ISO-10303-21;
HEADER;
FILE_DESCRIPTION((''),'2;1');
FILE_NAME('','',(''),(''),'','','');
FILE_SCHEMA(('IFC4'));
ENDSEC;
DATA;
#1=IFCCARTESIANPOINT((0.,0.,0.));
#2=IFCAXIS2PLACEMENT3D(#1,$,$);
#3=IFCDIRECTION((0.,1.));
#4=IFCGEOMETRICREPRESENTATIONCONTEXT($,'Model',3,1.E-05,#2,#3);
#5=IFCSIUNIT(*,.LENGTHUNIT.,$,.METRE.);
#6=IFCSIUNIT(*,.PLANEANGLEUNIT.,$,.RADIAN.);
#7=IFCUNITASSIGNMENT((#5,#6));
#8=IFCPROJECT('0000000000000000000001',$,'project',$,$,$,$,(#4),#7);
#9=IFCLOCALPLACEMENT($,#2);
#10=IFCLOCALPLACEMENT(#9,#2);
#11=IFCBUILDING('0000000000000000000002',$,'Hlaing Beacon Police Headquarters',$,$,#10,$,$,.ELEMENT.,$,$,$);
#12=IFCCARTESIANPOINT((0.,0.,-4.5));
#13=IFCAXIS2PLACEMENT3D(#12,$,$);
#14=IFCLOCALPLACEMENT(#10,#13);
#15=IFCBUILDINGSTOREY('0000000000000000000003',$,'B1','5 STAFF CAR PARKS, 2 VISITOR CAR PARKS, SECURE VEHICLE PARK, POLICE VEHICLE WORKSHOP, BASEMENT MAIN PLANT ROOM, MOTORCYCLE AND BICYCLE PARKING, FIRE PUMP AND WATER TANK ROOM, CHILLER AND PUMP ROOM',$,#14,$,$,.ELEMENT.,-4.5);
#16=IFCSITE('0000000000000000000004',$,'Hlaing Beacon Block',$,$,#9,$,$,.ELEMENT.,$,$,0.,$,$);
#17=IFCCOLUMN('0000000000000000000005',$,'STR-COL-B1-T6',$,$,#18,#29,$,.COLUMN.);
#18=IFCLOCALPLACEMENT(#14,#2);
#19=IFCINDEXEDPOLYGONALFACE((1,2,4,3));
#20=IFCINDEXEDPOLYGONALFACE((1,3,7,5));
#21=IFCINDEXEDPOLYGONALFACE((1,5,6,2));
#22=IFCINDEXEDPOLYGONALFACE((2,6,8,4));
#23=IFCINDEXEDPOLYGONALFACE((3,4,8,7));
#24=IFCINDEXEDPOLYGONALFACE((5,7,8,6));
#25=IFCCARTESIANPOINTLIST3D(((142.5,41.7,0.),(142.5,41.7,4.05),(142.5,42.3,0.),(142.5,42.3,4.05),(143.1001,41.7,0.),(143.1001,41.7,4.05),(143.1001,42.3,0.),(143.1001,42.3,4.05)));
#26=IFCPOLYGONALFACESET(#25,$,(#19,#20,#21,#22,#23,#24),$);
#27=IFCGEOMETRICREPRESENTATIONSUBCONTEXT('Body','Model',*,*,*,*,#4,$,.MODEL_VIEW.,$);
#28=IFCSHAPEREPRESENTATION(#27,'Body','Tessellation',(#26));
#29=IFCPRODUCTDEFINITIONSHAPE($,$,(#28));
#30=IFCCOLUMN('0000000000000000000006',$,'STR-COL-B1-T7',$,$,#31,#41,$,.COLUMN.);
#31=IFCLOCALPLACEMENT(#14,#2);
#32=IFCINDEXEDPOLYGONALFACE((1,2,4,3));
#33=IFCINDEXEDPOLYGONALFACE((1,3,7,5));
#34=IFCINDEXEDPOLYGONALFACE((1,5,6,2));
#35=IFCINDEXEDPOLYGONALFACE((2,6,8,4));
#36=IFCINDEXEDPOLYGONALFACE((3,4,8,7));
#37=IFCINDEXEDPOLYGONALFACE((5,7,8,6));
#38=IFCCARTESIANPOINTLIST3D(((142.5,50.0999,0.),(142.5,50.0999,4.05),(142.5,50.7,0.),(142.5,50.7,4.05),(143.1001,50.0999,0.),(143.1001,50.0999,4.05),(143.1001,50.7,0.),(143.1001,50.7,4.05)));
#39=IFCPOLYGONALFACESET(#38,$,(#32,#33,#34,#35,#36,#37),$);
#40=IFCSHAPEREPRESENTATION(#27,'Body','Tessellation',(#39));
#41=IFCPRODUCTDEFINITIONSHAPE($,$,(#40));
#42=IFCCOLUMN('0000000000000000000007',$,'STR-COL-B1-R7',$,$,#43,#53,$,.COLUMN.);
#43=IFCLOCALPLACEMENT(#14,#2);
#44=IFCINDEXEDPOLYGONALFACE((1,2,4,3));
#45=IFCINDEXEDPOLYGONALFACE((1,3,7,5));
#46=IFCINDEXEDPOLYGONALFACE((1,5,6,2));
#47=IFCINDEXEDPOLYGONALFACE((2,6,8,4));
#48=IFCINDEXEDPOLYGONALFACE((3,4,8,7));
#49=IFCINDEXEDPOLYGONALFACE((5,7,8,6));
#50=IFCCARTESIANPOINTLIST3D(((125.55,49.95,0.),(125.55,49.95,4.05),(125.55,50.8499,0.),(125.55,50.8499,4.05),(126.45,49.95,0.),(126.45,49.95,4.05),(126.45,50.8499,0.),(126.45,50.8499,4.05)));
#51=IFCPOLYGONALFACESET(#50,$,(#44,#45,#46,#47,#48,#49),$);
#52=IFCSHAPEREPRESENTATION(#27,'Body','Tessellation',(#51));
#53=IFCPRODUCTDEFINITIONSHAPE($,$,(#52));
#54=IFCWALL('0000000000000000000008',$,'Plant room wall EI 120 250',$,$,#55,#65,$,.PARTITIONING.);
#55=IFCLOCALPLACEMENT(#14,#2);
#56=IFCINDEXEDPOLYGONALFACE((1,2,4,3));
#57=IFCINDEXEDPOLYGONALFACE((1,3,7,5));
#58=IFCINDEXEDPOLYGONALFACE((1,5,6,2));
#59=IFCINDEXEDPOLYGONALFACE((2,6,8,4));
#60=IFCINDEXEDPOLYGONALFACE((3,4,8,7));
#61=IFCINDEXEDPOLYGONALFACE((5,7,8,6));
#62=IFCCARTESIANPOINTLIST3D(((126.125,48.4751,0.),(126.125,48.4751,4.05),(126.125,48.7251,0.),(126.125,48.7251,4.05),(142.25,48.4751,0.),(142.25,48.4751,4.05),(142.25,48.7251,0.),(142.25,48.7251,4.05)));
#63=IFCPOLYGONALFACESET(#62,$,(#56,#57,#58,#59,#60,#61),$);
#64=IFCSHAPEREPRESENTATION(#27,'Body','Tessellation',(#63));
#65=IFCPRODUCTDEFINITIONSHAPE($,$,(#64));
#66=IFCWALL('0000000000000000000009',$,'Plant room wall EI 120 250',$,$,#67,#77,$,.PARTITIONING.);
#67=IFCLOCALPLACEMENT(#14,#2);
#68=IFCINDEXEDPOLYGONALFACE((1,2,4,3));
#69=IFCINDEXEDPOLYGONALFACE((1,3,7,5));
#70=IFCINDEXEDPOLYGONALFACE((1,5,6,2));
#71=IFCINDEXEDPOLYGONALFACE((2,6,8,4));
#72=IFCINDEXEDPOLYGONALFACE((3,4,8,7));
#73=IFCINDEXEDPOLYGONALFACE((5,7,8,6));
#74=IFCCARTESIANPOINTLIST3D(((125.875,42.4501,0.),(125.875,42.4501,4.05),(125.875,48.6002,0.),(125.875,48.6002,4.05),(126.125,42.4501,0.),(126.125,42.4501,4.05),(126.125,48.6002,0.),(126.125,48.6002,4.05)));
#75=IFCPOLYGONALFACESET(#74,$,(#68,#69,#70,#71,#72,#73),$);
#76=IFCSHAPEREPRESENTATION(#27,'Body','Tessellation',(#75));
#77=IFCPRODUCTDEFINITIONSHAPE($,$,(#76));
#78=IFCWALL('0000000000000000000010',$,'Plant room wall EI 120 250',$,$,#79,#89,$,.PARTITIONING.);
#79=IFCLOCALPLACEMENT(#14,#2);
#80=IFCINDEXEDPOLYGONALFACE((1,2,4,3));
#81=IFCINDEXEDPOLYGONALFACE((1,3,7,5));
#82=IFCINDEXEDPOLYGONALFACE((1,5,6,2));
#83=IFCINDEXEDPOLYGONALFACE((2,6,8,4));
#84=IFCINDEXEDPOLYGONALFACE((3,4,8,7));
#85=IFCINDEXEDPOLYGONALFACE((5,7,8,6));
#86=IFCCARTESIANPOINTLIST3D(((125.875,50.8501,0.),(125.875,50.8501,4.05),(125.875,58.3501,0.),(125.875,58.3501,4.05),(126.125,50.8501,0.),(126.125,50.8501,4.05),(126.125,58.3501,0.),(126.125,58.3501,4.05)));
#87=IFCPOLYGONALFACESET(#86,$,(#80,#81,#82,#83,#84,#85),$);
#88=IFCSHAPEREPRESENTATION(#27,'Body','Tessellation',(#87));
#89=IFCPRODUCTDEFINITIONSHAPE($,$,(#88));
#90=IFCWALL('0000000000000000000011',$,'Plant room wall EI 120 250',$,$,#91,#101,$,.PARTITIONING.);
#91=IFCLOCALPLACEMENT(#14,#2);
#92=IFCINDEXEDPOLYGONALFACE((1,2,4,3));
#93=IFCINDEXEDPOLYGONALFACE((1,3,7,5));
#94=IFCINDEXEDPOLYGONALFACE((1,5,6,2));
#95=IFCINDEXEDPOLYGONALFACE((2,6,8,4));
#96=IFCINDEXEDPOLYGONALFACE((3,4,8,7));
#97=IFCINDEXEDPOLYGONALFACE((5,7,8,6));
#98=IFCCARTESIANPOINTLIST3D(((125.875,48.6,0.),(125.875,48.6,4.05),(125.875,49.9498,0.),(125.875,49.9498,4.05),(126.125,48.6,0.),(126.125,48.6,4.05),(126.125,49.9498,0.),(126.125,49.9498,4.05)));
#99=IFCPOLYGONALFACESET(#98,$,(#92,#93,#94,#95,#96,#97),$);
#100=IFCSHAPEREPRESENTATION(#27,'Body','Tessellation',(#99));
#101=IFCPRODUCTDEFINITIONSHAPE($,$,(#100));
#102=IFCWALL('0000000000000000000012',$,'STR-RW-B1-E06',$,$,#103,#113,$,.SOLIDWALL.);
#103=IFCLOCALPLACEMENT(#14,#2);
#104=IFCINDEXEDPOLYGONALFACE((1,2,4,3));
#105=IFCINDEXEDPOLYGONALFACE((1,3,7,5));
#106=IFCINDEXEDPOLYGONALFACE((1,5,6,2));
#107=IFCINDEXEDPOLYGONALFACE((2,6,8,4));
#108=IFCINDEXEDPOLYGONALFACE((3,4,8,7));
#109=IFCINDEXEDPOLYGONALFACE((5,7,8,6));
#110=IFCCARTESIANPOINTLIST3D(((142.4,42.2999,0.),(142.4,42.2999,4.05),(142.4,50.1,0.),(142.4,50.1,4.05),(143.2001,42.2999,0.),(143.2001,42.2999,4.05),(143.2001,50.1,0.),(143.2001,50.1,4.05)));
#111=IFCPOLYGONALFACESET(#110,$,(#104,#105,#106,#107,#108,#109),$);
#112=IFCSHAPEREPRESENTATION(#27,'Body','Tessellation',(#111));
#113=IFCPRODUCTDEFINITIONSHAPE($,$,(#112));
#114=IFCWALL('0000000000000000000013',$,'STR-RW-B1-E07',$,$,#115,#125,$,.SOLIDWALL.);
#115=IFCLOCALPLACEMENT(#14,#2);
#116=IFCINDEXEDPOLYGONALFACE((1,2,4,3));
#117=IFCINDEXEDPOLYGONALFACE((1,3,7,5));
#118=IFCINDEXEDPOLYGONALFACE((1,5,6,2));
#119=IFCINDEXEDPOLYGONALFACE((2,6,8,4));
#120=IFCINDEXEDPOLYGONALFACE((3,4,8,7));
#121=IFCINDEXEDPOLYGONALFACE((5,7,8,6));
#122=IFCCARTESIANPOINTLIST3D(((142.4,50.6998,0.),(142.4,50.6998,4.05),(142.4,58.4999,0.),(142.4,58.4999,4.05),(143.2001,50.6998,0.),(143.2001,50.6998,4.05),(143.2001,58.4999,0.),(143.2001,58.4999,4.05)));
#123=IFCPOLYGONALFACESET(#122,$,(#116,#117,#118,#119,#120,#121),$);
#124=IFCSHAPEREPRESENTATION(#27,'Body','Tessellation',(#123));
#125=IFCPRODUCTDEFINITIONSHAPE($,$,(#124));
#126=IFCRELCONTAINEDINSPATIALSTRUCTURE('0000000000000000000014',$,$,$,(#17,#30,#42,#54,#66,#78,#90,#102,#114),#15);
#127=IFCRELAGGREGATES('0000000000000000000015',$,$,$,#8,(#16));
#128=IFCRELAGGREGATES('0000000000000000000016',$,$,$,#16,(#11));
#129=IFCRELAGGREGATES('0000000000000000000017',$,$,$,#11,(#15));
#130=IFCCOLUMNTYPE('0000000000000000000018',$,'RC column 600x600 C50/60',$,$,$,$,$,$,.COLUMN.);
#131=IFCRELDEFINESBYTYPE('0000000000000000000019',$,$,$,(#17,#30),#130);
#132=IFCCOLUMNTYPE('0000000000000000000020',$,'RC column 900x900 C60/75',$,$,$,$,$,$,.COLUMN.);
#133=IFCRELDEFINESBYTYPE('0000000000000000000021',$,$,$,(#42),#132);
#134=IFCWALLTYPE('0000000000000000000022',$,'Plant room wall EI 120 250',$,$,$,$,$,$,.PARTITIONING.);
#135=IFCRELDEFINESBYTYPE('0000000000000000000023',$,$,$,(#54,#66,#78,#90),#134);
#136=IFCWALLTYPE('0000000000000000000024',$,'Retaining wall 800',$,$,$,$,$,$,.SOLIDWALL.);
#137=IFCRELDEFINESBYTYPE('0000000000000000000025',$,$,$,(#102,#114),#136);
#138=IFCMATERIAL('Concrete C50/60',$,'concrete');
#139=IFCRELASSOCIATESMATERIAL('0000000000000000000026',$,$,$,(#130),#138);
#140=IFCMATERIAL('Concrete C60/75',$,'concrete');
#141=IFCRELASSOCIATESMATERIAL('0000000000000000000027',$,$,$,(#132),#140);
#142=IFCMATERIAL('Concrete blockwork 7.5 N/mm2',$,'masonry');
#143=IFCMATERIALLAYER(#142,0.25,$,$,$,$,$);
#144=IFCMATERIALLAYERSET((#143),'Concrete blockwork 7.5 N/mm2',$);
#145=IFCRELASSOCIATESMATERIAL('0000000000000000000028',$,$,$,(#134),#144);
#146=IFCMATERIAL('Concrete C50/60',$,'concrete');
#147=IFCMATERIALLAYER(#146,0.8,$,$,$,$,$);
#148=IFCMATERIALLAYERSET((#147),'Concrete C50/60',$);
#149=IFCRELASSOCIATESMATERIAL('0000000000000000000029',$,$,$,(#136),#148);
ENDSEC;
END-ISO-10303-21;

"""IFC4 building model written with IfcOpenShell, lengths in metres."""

from ifc_helpers import new_model, si_unit, direction, frame, frame_2d, origin, origin_2d, place, context, subcontext, project, spatial, rectangle, extrude, material, layer, layer_set, material_profile, profile_set, type_object, element, save


model = new_model("IFC4")

# Units and contexts
model_context = context("Model", 3, precision=1e-05, world=origin(), true_north=direction((0.0, 1.0)))
body_context = subcontext(model_context, "Body", "Model", "MODEL_VIEW")
ifc_project = project(units=[si_unit("LENGTHUNIT", "METRE"), si_unit("PLANEANGLEUNIT", "RADIAN")], contexts=[model_context])

# Site, building, storey
site_placement = place(None, origin())
site = spatial("IfcSite", under=ifc_project, at=site_placement, Name="Hlaing Beacon Block", CompositionType="ELEMENT", RefElevation=0.0)
building_placement = place(site_placement, origin())
building = spatial("IfcBuilding", under=site, at=building_placement, Name="Hlaing Beacon Police Headquarters", CompositionType="ELEMENT")
storey_placement = place(building_placement, frame((0.0, 0.0, -4.5)))
storey = spatial("IfcBuildingStorey", under=building, at=storey_placement, Name="B1", Description="5 STAFF CAR PARKS, 2 VISITOR CAR PARKS, SECURE VEHICLE PARK, POLICE VEHICLE WORKSHOP, BASEMENT MAIN PLANT ROOM, MOTORCYCLE AND BICYCLE PARKING, FIRE PUMP AND WATER TANK ROOM, CHILLER AND PUMP ROOM", CompositionType="ELEMENT", Elevation=-4.5)

# Columns
ifc_material_1 = material(Name="Concrete C50/60", Category="concrete")
ifc_material_profile_1 = material_profile(ifc_material_1, rectangle(XDim=0.6001, YDim=0.6001, at=origin_2d()), Name="600x600")
ifc_profile_set_1 = profile_set([ifc_material_profile_1], Name="Concrete C50/60")
column_type_1 = type_object("IfcColumnType", Name="RC column 600x600 C50/60", PredefinedType="COLUMN", material=ifc_profile_set_1)
for number, where, z_axis, x_axis, name in (
    (1, (142.8, 42.0, 0.0), (0.0, 0.0, 1.0), (1.0, 0.0, 0.0), "STR-COL-B1-T6"),
    (2, (142.8, 50.3999, 0.0), (0.0, 0.0, 1.0), (1.0, 0.0, 0.0), "STR-COL-B1-T7"),
):
    element("IfcColumn", number, at=place(storey_placement, frame(where, z_axis=z_axis, x_axis=x_axis)), inside=storey, type_object=column_type_1, Name=name, PredefinedType="COLUMN", context=body_context, shape_type="SweptSolid", body=[
        extrude(rectangle(XDim=0.6001, YDim=0.6001, at=origin_2d()), origin(), (0.0, 0.0, 1.0), 4.05),
    ])
ifc_material_2 = material(Name="Concrete C60/75", Category="concrete")
ifc_material_profile_2 = material_profile(ifc_material_2, rectangle(XDim=0.8999, YDim=0.8999, at=origin_2d()), Name="900x900")
ifc_profile_set_2 = profile_set([ifc_material_profile_2], Name="Concrete C60/75")
column_type_2 = type_object("IfcColumnType", Name="RC column 900x900 C60/75", PredefinedType="COLUMN", material=ifc_profile_set_2)
column_placement = place(storey_placement, frame((126.0, 50.3999, 0.0), z_axis=(0.0, 0.0, 1.0), x_axis=(1.0, 0.0, 0.0)))
element("IfcColumn", 3, at=column_placement, inside=storey, type_object=column_type_2, Name="STR-COL-B1-R7", PredefinedType="COLUMN", context=body_context, shape_type="SweptSolid", body=[
    extrude(rectangle(XDim=0.8999, YDim=0.8999, at=origin_2d()), origin(), (0.0, 0.0, 1.0), 4.05),
])

# Walls
ifc_material_3 = material(Name="Concrete blockwork 7.5 N/mm2", Category="masonry")
ifc_layer_1 = layer(ifc_material_3, 0.25)
ifc_layer_set_1 = layer_set([ifc_layer_1], Name="Concrete blockwork 7.5 N/mm2")
wall_type_1 = type_object("IfcWallType", Name="Plant room wall EI 120 250", PredefinedType="PARTITIONING", material=ifc_layer_set_1)
wall_1_placement = place(storey_placement, frame((126.125, 48.6001, 0.0), z_axis=(0.0, 0.0, 1.0), x_axis=(1.0, 0.0, 0.0)))
element("IfcWall", 4, at=wall_1_placement, inside=storey, type_object=wall_type_1, Name="Plant room wall EI 120 250", PredefinedType="PARTITIONING", context=body_context, shape_type="SweptSolid", body=[
    extrude(rectangle(XDim=16.125, YDim=0.25, at=frame_2d((8.0625, 0.0))), origin(), (0.0, 0.0, 1.0), 4.05),
])
wall_2_placement = place(storey_placement, frame((126.0, 42.45, 0.0), z_axis=(0.0, 0.0, 1.0), x_axis=(0.0, 1.0, 0.0)))
element("IfcWall", 5, at=wall_2_placement, inside=storey, type_object=wall_type_1, Name="Plant room wall EI 120 250", PredefinedType="PARTITIONING", context=body_context, shape_type="SweptSolid", body=[
    extrude(rectangle(XDim=6.1501, YDim=0.25, at=frame_2d((3.0752, 0.0))), origin(), (0.0, 0.0, 1.0), 4.05),
])
wall_3_placement = place(storey_placement, frame((126.0, 50.8501, 0.0), z_axis=(0.0, 0.0, 1.0), x_axis=(0.0, 1.0, 0.0)))
element("IfcWall", 6, at=wall_3_placement, inside=storey, type_object=wall_type_1, Name="Plant room wall EI 120 250", PredefinedType="PARTITIONING", context=body_context, shape_type="SweptSolid", body=[
    extrude(rectangle(XDim=7.5, YDim=0.25, at=frame_2d((3.75, 0.0))), origin(), (0.0, 0.0, 1.0), 4.05),
])
wall_4_placement = place(storey_placement, frame((126.0, 48.6001, 0.0), z_axis=(0.0, 0.0, 1.0), x_axis=(0.0, 1.0, 0.0)))
element("IfcWall", 7, at=wall_4_placement, inside=storey, type_object=wall_type_1, Name="Plant room wall EI 120 250", PredefinedType="PARTITIONING", context=body_context, shape_type="SweptSolid", body=[
    extrude(rectangle(XDim=1.3499, YDim=0.25, at=frame_2d((0.6748, 0.0))), origin(), (0.0, 0.0, 1.0), 4.05),
])
ifc_material_4 = material(Name="Concrete C50/60", Category="concrete")
ifc_layer_2 = layer(ifc_material_4, 0.8)
ifc_layer_set_2 = layer_set([ifc_layer_2], Name="Concrete C50/60")
wall_type_2 = type_object("IfcWallType", Name="Retaining wall 800", PredefinedType="SOLIDWALL", material=ifc_layer_set_2)
for number, where, z_axis, x_axis, name in (
    (8, (142.8, 42.3, 0.0), (0.0, 0.0, 1.0), (0.0, 1.0, 0.0), "STR-RW-B1-E06"),
    (9, (142.8, 50.7, 0.0), (0.0, 0.0, 1.0), (0.0, 1.0, 0.0), "STR-RW-B1-E07"),
):
    element("IfcWall", number, at=place(storey_placement, frame(where, z_axis=z_axis, x_axis=x_axis)), inside=storey, type_object=wall_type_2, Name=name, PredefinedType="SOLIDWALL", context=body_context, shape_type="SweptSolid", body=[
        extrude(rectangle(XDim=7.8, YDim=0.8, at=frame_2d((3.8999, 0.0))), origin(), (0.0, 0.0, 1.0), 4.05),
    ])

save(model, "model.ifc")
